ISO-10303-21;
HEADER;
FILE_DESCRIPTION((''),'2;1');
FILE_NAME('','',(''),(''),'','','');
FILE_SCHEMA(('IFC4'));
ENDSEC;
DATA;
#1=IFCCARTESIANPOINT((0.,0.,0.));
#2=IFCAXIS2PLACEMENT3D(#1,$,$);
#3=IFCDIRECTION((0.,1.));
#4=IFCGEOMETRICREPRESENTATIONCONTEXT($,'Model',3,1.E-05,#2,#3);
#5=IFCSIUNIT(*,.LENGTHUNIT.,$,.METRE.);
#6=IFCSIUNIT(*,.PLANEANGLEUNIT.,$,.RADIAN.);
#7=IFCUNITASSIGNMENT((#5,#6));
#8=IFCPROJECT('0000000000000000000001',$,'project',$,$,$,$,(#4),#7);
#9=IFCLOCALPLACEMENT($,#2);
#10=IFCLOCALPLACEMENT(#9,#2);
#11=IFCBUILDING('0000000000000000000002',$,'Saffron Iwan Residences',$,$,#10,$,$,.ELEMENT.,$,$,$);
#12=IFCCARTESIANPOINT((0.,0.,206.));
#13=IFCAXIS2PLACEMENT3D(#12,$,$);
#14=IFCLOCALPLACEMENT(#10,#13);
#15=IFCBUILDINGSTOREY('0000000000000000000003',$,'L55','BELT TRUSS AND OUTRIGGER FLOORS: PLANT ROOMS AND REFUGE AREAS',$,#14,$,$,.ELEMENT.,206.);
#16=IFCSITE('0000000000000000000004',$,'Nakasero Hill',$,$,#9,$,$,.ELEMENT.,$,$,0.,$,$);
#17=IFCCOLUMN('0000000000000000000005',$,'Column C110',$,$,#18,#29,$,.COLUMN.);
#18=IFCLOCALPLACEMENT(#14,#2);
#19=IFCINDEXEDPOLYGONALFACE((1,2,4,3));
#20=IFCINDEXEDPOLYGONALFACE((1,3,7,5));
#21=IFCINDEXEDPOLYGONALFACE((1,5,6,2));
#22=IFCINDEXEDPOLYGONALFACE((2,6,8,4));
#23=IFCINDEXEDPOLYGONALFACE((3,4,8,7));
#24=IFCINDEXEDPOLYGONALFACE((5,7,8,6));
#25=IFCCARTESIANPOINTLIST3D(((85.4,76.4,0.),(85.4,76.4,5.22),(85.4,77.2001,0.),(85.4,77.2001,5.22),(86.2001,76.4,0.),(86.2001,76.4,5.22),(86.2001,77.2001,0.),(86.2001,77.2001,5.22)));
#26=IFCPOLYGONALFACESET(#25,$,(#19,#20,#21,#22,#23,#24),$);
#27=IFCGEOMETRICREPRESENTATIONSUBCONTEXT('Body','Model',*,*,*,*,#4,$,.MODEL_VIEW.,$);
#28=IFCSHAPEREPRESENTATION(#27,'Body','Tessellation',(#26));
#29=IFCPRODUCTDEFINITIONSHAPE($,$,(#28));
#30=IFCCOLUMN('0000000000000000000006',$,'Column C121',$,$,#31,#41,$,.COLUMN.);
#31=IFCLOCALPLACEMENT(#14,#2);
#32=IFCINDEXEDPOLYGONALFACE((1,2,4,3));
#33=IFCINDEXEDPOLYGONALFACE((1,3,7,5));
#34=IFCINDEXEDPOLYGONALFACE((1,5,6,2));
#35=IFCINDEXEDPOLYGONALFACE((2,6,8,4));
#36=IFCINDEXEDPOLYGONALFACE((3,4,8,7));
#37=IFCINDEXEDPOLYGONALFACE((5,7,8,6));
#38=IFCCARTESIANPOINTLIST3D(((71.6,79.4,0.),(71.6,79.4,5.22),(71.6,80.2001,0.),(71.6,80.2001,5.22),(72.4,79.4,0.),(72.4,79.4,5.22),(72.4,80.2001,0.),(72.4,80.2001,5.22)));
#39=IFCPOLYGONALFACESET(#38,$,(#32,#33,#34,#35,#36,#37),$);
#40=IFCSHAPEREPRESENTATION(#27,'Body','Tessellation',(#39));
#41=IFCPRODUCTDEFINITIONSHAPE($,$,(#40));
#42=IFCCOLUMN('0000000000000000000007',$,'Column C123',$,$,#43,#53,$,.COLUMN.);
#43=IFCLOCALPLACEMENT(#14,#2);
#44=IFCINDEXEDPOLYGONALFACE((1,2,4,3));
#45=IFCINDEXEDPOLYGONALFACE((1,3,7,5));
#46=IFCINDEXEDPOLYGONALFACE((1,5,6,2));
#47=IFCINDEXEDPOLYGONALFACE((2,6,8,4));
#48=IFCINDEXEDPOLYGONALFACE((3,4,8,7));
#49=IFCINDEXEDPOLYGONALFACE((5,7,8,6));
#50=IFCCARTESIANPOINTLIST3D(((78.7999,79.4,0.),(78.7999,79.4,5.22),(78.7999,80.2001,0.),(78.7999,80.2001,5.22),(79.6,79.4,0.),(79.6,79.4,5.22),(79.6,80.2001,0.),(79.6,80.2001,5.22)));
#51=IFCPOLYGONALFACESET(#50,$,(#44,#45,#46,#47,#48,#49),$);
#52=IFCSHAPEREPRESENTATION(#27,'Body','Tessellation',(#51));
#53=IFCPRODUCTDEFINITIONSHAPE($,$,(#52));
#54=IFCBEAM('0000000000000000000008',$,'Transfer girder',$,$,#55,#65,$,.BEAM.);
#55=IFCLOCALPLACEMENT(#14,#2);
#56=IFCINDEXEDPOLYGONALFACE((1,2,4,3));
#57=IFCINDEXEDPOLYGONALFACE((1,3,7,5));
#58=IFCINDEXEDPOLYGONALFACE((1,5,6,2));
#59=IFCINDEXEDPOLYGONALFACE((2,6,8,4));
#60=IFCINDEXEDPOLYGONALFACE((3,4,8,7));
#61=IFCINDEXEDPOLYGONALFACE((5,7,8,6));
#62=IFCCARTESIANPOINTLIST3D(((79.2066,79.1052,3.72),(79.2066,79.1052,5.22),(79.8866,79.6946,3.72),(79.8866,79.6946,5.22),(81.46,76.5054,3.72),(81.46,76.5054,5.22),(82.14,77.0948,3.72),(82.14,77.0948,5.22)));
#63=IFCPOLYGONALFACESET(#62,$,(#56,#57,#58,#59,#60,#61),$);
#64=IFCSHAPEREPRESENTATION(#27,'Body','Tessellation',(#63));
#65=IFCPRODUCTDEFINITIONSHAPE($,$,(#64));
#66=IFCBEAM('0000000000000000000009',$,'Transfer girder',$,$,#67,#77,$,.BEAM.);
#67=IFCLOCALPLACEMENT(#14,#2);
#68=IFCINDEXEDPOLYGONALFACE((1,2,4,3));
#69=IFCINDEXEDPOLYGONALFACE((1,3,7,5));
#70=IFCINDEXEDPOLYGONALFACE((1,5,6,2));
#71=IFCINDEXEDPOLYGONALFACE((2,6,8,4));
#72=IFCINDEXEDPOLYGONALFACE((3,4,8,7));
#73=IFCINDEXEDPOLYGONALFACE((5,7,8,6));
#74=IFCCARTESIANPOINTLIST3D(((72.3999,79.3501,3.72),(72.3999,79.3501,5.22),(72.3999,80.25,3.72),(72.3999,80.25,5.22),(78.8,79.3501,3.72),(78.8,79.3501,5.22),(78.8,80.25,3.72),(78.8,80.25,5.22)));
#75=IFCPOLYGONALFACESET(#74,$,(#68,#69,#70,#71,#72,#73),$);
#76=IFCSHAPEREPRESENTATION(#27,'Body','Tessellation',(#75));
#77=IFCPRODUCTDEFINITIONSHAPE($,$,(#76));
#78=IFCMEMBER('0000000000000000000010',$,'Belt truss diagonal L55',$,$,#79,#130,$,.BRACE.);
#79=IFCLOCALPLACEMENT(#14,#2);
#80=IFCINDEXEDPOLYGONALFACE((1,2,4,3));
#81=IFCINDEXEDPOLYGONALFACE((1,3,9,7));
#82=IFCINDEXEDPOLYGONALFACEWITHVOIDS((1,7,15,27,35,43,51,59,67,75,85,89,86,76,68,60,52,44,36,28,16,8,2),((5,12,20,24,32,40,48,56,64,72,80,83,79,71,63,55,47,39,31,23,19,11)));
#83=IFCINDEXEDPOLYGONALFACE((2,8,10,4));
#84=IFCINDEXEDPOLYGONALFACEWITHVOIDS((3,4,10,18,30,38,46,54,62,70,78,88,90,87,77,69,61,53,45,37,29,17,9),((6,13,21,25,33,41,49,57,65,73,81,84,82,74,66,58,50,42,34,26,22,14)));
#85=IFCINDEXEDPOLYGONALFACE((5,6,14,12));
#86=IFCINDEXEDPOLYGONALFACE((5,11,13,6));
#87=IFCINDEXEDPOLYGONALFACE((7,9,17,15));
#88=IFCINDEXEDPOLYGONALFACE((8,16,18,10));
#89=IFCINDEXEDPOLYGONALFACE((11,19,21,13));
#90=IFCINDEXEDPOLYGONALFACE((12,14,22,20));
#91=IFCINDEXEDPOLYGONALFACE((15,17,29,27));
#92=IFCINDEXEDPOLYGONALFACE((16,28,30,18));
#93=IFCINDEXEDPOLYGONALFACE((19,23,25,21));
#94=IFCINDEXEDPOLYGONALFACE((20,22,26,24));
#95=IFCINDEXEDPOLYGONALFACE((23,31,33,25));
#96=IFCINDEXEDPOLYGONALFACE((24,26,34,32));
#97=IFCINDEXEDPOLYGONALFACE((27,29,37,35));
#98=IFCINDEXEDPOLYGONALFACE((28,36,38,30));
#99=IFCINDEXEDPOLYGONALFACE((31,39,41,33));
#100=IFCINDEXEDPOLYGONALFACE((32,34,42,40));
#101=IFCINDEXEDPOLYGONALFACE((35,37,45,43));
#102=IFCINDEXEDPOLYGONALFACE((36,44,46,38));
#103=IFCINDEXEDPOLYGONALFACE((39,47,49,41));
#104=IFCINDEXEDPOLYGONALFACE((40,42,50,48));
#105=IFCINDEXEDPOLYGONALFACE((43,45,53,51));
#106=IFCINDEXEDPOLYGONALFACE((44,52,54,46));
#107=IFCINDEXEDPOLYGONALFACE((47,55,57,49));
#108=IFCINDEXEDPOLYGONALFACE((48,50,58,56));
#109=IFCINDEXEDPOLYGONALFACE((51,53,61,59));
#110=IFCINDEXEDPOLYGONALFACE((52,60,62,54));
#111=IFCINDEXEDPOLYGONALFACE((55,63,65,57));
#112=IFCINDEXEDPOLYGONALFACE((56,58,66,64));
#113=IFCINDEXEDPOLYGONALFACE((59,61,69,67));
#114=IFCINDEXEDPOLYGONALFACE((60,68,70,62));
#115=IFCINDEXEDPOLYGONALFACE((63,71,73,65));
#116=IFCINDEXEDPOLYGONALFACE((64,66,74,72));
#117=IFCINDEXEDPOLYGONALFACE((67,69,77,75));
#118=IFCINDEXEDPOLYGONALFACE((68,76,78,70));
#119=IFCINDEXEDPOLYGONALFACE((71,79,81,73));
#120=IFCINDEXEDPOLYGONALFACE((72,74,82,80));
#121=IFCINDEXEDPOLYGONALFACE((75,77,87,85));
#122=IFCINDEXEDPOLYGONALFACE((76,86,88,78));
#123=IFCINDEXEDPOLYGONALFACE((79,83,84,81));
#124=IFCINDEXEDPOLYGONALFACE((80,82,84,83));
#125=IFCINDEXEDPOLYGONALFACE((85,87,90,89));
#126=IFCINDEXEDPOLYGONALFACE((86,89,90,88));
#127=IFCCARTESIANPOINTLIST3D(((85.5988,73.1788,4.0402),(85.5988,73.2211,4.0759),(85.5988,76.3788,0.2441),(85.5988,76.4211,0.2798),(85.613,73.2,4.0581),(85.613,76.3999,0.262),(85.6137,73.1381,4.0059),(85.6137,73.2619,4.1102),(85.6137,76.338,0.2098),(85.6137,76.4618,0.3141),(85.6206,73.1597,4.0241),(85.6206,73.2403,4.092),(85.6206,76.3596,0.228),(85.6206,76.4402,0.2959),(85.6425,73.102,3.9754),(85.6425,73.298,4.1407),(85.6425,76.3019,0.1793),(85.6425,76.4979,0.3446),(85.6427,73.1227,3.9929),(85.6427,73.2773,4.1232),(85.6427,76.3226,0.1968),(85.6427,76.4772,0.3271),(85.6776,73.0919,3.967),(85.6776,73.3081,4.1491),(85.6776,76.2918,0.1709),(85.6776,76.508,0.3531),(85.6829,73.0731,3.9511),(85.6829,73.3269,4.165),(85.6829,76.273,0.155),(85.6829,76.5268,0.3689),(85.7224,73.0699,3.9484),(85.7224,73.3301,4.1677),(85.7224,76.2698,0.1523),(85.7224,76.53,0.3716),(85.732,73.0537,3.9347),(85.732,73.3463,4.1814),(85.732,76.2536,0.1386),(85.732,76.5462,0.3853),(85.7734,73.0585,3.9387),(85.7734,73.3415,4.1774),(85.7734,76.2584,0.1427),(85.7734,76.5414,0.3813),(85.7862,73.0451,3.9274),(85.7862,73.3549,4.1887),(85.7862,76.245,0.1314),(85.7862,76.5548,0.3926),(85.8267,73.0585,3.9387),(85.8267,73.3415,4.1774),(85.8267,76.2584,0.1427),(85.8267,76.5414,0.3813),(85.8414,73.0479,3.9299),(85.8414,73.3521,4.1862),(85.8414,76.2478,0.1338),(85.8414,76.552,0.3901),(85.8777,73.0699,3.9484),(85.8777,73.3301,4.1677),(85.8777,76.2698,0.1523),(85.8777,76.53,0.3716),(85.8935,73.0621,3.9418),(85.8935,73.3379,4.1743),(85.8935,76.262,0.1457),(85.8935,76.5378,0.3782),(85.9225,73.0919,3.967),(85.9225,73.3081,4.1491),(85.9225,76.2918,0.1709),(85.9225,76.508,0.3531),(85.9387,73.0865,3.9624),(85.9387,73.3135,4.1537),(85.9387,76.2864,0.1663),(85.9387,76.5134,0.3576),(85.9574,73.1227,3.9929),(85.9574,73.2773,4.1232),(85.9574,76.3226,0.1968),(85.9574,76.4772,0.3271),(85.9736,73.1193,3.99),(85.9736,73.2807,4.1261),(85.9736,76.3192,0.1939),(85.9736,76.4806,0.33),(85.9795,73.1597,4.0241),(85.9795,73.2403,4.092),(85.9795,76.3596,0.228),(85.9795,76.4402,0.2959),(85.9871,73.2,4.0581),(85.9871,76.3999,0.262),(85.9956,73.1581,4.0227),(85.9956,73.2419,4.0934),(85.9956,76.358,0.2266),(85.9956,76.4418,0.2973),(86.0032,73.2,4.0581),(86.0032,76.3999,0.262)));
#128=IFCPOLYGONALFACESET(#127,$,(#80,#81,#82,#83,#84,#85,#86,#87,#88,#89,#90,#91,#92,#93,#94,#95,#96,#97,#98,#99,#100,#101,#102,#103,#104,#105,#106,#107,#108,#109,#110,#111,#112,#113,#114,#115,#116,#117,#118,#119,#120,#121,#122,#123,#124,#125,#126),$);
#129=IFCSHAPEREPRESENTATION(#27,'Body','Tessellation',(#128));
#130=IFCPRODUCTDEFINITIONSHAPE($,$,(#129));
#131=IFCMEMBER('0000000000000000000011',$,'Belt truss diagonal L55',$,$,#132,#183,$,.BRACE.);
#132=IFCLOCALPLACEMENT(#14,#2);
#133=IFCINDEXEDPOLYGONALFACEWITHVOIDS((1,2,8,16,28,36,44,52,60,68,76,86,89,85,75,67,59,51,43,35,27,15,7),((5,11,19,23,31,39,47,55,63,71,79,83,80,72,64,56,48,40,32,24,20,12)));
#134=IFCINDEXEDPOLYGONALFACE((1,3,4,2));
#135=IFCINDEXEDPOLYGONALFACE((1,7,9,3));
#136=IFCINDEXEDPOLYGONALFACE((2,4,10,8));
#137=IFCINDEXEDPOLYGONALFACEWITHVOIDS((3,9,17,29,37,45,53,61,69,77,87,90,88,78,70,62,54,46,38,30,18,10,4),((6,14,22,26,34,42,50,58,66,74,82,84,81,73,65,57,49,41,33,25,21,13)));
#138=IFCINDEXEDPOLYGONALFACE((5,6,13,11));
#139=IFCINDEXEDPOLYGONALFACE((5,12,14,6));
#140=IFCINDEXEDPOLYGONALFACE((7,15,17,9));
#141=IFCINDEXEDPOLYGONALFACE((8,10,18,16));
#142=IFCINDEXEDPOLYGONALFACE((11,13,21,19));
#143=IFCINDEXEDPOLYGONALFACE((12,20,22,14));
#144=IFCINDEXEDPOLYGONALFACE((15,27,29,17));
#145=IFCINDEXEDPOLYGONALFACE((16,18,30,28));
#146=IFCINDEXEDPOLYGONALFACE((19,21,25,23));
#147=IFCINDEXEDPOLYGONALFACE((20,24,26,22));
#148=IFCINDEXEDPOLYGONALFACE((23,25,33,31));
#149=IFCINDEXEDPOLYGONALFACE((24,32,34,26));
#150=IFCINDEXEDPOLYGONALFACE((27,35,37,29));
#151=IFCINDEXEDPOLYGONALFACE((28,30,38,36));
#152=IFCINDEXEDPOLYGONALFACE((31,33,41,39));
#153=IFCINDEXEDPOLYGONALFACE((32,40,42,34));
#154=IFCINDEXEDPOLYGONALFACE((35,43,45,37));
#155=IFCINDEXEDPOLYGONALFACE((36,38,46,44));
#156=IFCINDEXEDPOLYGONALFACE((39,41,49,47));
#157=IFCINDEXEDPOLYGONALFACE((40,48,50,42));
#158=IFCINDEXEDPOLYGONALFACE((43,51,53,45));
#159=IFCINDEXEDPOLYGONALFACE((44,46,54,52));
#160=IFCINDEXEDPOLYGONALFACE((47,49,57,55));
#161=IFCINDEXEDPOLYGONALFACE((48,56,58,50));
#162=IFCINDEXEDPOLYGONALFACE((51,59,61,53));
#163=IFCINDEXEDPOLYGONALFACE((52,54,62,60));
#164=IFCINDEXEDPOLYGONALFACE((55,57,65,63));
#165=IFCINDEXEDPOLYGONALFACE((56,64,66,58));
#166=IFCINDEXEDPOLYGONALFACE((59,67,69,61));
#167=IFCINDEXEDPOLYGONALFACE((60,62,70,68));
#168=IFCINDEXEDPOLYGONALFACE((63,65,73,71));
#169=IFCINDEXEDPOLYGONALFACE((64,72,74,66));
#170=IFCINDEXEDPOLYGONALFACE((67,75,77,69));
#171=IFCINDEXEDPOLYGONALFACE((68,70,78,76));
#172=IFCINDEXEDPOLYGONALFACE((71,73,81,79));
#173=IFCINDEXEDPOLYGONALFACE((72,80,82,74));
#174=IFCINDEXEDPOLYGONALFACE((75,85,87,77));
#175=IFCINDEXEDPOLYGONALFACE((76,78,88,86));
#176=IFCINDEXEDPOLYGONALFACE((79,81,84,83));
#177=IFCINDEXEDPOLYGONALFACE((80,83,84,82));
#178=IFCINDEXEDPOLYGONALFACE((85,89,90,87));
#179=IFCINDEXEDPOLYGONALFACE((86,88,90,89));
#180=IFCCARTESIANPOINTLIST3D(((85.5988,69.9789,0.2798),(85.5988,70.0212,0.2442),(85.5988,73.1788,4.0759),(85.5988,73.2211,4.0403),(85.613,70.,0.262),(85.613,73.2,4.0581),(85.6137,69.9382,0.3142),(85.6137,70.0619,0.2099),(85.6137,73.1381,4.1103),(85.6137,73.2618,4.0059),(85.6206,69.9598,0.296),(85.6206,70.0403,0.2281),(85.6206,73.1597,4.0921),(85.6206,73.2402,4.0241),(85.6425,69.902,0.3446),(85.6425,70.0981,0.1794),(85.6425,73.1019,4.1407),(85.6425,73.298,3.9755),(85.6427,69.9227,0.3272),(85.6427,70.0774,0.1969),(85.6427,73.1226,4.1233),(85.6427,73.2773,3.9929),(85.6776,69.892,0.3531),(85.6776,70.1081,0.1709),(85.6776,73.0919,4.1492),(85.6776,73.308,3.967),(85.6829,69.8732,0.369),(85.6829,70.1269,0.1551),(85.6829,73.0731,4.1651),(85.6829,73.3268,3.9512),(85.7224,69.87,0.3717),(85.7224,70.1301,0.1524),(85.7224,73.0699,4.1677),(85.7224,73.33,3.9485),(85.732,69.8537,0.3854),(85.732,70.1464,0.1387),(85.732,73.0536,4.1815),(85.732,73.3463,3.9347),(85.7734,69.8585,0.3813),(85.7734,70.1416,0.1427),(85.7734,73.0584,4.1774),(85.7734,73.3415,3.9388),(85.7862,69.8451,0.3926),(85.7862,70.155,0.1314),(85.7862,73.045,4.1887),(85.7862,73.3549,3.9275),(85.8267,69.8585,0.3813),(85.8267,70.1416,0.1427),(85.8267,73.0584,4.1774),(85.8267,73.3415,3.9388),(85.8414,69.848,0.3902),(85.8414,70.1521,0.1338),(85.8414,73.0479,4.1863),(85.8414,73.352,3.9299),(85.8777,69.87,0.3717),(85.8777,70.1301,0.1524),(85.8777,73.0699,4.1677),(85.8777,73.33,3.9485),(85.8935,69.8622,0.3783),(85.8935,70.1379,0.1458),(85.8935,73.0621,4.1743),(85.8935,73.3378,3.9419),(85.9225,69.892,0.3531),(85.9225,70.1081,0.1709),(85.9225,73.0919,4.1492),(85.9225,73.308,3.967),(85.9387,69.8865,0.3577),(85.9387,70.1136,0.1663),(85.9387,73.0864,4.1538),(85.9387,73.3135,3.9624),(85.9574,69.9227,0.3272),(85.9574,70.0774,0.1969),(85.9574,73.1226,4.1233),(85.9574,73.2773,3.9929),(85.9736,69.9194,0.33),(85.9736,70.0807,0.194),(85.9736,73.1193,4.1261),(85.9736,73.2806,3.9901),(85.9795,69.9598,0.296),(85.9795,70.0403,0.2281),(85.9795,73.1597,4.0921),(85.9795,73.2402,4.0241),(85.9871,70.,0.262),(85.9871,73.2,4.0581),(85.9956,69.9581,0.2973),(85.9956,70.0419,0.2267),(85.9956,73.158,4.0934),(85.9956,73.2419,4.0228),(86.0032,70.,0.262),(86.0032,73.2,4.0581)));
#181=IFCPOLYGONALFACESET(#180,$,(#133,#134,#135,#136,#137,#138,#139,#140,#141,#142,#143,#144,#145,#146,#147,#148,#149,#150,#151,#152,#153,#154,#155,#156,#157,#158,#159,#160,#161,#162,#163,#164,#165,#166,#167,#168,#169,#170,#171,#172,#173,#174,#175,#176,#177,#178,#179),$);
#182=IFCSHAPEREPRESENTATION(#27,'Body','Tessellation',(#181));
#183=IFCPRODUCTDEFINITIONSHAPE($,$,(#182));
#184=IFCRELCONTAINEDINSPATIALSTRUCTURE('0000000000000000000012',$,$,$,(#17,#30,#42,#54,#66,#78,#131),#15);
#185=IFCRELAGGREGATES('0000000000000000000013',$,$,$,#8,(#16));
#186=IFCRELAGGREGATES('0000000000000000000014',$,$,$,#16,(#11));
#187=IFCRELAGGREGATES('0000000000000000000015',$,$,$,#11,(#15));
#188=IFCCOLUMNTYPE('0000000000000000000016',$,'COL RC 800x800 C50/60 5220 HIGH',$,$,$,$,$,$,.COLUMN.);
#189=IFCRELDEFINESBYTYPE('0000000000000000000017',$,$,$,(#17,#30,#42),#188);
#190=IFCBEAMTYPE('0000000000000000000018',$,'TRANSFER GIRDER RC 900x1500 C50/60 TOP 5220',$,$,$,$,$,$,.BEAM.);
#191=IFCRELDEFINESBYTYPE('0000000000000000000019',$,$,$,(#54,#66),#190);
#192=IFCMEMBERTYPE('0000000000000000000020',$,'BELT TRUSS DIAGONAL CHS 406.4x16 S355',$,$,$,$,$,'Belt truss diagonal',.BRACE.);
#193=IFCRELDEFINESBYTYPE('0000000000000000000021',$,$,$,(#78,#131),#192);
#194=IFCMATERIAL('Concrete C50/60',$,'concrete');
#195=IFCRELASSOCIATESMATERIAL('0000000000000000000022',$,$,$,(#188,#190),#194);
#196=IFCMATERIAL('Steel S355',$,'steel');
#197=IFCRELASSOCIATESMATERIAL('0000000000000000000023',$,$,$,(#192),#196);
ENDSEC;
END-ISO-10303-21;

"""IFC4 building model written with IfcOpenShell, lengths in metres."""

from ifc_helpers import new_model, si_unit, direction, frame, origin, origin_2d, place, context, subcontext, project, spatial, rectangle, hollow_circle, extrude, source, transform, mapped, material, material_profile, profile_set, type_object, element, save


model = new_model("IFC4")

# Units and contexts
model_context = context("Model", 3, precision=1e-05, world=origin(), true_north=direction((0.0, 1.0)))
body_context = subcontext(model_context, "Body", "Model", "MODEL_VIEW")
ifc_project = project(units=[si_unit("LENGTHUNIT", "METRE"), si_unit("PLANEANGLEUNIT", "RADIAN")], contexts=[model_context])

# Site, building, storey
site_placement = place(None, origin())
site = spatial("IfcSite", under=ifc_project, at=site_placement, Name="Nakasero Hill", CompositionType="ELEMENT", RefElevation=0.0)
building_placement = place(site_placement, origin())
building = spatial("IfcBuilding", under=site, at=building_placement, Name="Saffron Iwan Residences", CompositionType="ELEMENT")
storey_placement = place(building_placement, frame((0.0, 0.0, 206.0)))
storey = spatial("IfcBuildingStorey", under=building, at=storey_placement, Name="L55", Description="BELT TRUSS AND OUTRIGGER FLOORS: PLANT ROOMS AND REFUGE AREAS", CompositionType="ELEMENT", Elevation=206.0)

# Columns
ifc_material_1 = material(Name="Concrete C50/60", Category="concrete")
ifc_material_profile_1 = material_profile(ifc_material_1, rectangle(XDim=0.8, YDim=0.8, at=origin_2d()), Name="RC 800x800")
ifc_profile_set_1 = profile_set([ifc_material_profile_1], Name="Concrete C50/60")
column_type = type_object("IfcColumnType", Name="COL RC 800x800 C50/60 5220 HIGH", PredefinedType="COLUMN", material=ifc_profile_set_1)
shared_shape_1 = source(origin(), body_context, "Body", "SweptSolid", [
    extrude(rectangle(XDim=0.8, YDim=0.8, at=origin_2d()), origin(), (0.0, 0.0, 1.0), 5.22),
])
for number, where, z_axis, x_axis, name in (
    (1, (85.8, 76.8, 0.0), (0.0, 0.0, 1.0), (1.0, 0.0, 0.0), "Column C110"),
    (2, (72.0, 79.8, 0.0), (0.0, 0.0, 1.0), (1.0, 0.0, 0.0), "Column C121"),
    (3, (79.2, 79.8, 0.0), (0.0, 0.0, 1.0), (1.0, 0.0, 0.0), "Column C123"),
):
    element("IfcColumn", number, at=place(storey_placement, frame(where, z_axis=z_axis, x_axis=x_axis)), inside=storey, type_object=column_type, Name=name, PredefinedType="COLUMN", context=body_context, shape_type="MappedRepresentation", body=[
        mapped(shared_shape_1, transform((0.0, 0.0, 0.0))),
    ])

# Beams
ifc_material_profile_2 = material_profile(ifc_material_1, rectangle(XDim=0.8999, YDim=1.5, at=origin_2d()), Name="RC 900x1500")
ifc_profile_set_2 = profile_set([ifc_material_profile_2], Name="Concrete C50/60")
beam_type = type_object("IfcBeamType", Name="TRANSFER GIRDER RC 900x1500 C50/60 TOP 5220", PredefinedType="BEAM", material=ifc_profile_set_2)
shared_shape_2 = source(origin(), body_context, "Body", "SweptSolid", [
    extrude(rectangle(XDim=0.8999, YDim=1.5, at=origin_2d()), origin(), (0.0, 0.0, 1.0), 3.4404),
])
beam_1_placement = place(storey_placement, frame((79.5466, 79.3999, 4.47), z_axis=(0.654966, -0.755659, 0.0), x_axis=(0.755659, 0.654966, 0.0)))
element("IfcBeam", 4, at=beam_1_placement, inside=storey, type_object=beam_type, Name="Transfer girder", PredefinedType="BEAM", context=body_context, shape_type="MappedRepresentation", body=[
    mapped(shared_shape_2, transform((0.0, 0.0, 0.0))),
])
shared_shape_3 = source(origin(), body_context, "Body", "SweptSolid", [
    extrude(rectangle(XDim=0.8999, YDim=1.5, at=origin_2d()), origin(), (0.0, 0.0, 1.0), 6.4001),
])
beam_2_placement = place(storey_placement, frame((78.8, 79.8, 4.47), z_axis=(-1.0, 0.0, 0.0), x_axis=(0.0, -1.0, 0.0)))
element("IfcBeam", 5, at=beam_2_placement, inside=storey, type_object=beam_type, Name="Transfer girder", PredefinedType="BEAM", context=body_context, shape_type="MappedRepresentation", body=[
    mapped(shared_shape_3, transform((0.0, 0.0, 0.0))),
])

# Members
ifc_material_2 = material(Name="Steel S355", Category="steel")
ifc_material_profile_3 = material_profile(ifc_material_2, hollow_circle(Radius=0.2031, WallThickness=0.0161, at=origin_2d()), Name="CHS 406.4x16")
ifc_profile_set_3 = profile_set([ifc_material_profile_3], Name="Steel S355")
member_type_1 = type_object("IfcMemberType", Name="BELT TRUSS DIAGONAL CHS 406.4x16 S355", ElementType="Belt truss diagonal", PredefinedType="BRACE", material=ifc_profile_set_3)
shared_shape_4 = source(origin(), body_context, "Body", "SweptSolid", [
    extrude(hollow_circle(Radius=0.2031, WallThickness=0.0161, at=origin_2d()), origin(), (0.0, 0.0, 1.0), 4.9648),
])
for number, where, z_axis, x_axis, name in (
    (6, (85.8, 76.3999, 0.262), (0.0, -0.644513, 0.764594), (1.0, 0.0, 0.0), "Belt truss diagonal L55"),
    (7, (85.8, 73.2, 4.0581), (0.0, -0.644513, -0.764594), (1.0, 0.0, 0.0), "Belt truss diagonal L55"),
):
    element("IfcMember", number, at=place(storey_placement, frame(where, z_axis=z_axis, x_axis=x_axis)), inside=storey, type_object=member_type_1, Name=name, PredefinedType="BRACE", context=body_context, shape_type="MappedRepresentation", body=[
        mapped(shared_shape_4, transform((0.0, 0.0, 0.0))),
    ])

save(model, "model.ifc")
